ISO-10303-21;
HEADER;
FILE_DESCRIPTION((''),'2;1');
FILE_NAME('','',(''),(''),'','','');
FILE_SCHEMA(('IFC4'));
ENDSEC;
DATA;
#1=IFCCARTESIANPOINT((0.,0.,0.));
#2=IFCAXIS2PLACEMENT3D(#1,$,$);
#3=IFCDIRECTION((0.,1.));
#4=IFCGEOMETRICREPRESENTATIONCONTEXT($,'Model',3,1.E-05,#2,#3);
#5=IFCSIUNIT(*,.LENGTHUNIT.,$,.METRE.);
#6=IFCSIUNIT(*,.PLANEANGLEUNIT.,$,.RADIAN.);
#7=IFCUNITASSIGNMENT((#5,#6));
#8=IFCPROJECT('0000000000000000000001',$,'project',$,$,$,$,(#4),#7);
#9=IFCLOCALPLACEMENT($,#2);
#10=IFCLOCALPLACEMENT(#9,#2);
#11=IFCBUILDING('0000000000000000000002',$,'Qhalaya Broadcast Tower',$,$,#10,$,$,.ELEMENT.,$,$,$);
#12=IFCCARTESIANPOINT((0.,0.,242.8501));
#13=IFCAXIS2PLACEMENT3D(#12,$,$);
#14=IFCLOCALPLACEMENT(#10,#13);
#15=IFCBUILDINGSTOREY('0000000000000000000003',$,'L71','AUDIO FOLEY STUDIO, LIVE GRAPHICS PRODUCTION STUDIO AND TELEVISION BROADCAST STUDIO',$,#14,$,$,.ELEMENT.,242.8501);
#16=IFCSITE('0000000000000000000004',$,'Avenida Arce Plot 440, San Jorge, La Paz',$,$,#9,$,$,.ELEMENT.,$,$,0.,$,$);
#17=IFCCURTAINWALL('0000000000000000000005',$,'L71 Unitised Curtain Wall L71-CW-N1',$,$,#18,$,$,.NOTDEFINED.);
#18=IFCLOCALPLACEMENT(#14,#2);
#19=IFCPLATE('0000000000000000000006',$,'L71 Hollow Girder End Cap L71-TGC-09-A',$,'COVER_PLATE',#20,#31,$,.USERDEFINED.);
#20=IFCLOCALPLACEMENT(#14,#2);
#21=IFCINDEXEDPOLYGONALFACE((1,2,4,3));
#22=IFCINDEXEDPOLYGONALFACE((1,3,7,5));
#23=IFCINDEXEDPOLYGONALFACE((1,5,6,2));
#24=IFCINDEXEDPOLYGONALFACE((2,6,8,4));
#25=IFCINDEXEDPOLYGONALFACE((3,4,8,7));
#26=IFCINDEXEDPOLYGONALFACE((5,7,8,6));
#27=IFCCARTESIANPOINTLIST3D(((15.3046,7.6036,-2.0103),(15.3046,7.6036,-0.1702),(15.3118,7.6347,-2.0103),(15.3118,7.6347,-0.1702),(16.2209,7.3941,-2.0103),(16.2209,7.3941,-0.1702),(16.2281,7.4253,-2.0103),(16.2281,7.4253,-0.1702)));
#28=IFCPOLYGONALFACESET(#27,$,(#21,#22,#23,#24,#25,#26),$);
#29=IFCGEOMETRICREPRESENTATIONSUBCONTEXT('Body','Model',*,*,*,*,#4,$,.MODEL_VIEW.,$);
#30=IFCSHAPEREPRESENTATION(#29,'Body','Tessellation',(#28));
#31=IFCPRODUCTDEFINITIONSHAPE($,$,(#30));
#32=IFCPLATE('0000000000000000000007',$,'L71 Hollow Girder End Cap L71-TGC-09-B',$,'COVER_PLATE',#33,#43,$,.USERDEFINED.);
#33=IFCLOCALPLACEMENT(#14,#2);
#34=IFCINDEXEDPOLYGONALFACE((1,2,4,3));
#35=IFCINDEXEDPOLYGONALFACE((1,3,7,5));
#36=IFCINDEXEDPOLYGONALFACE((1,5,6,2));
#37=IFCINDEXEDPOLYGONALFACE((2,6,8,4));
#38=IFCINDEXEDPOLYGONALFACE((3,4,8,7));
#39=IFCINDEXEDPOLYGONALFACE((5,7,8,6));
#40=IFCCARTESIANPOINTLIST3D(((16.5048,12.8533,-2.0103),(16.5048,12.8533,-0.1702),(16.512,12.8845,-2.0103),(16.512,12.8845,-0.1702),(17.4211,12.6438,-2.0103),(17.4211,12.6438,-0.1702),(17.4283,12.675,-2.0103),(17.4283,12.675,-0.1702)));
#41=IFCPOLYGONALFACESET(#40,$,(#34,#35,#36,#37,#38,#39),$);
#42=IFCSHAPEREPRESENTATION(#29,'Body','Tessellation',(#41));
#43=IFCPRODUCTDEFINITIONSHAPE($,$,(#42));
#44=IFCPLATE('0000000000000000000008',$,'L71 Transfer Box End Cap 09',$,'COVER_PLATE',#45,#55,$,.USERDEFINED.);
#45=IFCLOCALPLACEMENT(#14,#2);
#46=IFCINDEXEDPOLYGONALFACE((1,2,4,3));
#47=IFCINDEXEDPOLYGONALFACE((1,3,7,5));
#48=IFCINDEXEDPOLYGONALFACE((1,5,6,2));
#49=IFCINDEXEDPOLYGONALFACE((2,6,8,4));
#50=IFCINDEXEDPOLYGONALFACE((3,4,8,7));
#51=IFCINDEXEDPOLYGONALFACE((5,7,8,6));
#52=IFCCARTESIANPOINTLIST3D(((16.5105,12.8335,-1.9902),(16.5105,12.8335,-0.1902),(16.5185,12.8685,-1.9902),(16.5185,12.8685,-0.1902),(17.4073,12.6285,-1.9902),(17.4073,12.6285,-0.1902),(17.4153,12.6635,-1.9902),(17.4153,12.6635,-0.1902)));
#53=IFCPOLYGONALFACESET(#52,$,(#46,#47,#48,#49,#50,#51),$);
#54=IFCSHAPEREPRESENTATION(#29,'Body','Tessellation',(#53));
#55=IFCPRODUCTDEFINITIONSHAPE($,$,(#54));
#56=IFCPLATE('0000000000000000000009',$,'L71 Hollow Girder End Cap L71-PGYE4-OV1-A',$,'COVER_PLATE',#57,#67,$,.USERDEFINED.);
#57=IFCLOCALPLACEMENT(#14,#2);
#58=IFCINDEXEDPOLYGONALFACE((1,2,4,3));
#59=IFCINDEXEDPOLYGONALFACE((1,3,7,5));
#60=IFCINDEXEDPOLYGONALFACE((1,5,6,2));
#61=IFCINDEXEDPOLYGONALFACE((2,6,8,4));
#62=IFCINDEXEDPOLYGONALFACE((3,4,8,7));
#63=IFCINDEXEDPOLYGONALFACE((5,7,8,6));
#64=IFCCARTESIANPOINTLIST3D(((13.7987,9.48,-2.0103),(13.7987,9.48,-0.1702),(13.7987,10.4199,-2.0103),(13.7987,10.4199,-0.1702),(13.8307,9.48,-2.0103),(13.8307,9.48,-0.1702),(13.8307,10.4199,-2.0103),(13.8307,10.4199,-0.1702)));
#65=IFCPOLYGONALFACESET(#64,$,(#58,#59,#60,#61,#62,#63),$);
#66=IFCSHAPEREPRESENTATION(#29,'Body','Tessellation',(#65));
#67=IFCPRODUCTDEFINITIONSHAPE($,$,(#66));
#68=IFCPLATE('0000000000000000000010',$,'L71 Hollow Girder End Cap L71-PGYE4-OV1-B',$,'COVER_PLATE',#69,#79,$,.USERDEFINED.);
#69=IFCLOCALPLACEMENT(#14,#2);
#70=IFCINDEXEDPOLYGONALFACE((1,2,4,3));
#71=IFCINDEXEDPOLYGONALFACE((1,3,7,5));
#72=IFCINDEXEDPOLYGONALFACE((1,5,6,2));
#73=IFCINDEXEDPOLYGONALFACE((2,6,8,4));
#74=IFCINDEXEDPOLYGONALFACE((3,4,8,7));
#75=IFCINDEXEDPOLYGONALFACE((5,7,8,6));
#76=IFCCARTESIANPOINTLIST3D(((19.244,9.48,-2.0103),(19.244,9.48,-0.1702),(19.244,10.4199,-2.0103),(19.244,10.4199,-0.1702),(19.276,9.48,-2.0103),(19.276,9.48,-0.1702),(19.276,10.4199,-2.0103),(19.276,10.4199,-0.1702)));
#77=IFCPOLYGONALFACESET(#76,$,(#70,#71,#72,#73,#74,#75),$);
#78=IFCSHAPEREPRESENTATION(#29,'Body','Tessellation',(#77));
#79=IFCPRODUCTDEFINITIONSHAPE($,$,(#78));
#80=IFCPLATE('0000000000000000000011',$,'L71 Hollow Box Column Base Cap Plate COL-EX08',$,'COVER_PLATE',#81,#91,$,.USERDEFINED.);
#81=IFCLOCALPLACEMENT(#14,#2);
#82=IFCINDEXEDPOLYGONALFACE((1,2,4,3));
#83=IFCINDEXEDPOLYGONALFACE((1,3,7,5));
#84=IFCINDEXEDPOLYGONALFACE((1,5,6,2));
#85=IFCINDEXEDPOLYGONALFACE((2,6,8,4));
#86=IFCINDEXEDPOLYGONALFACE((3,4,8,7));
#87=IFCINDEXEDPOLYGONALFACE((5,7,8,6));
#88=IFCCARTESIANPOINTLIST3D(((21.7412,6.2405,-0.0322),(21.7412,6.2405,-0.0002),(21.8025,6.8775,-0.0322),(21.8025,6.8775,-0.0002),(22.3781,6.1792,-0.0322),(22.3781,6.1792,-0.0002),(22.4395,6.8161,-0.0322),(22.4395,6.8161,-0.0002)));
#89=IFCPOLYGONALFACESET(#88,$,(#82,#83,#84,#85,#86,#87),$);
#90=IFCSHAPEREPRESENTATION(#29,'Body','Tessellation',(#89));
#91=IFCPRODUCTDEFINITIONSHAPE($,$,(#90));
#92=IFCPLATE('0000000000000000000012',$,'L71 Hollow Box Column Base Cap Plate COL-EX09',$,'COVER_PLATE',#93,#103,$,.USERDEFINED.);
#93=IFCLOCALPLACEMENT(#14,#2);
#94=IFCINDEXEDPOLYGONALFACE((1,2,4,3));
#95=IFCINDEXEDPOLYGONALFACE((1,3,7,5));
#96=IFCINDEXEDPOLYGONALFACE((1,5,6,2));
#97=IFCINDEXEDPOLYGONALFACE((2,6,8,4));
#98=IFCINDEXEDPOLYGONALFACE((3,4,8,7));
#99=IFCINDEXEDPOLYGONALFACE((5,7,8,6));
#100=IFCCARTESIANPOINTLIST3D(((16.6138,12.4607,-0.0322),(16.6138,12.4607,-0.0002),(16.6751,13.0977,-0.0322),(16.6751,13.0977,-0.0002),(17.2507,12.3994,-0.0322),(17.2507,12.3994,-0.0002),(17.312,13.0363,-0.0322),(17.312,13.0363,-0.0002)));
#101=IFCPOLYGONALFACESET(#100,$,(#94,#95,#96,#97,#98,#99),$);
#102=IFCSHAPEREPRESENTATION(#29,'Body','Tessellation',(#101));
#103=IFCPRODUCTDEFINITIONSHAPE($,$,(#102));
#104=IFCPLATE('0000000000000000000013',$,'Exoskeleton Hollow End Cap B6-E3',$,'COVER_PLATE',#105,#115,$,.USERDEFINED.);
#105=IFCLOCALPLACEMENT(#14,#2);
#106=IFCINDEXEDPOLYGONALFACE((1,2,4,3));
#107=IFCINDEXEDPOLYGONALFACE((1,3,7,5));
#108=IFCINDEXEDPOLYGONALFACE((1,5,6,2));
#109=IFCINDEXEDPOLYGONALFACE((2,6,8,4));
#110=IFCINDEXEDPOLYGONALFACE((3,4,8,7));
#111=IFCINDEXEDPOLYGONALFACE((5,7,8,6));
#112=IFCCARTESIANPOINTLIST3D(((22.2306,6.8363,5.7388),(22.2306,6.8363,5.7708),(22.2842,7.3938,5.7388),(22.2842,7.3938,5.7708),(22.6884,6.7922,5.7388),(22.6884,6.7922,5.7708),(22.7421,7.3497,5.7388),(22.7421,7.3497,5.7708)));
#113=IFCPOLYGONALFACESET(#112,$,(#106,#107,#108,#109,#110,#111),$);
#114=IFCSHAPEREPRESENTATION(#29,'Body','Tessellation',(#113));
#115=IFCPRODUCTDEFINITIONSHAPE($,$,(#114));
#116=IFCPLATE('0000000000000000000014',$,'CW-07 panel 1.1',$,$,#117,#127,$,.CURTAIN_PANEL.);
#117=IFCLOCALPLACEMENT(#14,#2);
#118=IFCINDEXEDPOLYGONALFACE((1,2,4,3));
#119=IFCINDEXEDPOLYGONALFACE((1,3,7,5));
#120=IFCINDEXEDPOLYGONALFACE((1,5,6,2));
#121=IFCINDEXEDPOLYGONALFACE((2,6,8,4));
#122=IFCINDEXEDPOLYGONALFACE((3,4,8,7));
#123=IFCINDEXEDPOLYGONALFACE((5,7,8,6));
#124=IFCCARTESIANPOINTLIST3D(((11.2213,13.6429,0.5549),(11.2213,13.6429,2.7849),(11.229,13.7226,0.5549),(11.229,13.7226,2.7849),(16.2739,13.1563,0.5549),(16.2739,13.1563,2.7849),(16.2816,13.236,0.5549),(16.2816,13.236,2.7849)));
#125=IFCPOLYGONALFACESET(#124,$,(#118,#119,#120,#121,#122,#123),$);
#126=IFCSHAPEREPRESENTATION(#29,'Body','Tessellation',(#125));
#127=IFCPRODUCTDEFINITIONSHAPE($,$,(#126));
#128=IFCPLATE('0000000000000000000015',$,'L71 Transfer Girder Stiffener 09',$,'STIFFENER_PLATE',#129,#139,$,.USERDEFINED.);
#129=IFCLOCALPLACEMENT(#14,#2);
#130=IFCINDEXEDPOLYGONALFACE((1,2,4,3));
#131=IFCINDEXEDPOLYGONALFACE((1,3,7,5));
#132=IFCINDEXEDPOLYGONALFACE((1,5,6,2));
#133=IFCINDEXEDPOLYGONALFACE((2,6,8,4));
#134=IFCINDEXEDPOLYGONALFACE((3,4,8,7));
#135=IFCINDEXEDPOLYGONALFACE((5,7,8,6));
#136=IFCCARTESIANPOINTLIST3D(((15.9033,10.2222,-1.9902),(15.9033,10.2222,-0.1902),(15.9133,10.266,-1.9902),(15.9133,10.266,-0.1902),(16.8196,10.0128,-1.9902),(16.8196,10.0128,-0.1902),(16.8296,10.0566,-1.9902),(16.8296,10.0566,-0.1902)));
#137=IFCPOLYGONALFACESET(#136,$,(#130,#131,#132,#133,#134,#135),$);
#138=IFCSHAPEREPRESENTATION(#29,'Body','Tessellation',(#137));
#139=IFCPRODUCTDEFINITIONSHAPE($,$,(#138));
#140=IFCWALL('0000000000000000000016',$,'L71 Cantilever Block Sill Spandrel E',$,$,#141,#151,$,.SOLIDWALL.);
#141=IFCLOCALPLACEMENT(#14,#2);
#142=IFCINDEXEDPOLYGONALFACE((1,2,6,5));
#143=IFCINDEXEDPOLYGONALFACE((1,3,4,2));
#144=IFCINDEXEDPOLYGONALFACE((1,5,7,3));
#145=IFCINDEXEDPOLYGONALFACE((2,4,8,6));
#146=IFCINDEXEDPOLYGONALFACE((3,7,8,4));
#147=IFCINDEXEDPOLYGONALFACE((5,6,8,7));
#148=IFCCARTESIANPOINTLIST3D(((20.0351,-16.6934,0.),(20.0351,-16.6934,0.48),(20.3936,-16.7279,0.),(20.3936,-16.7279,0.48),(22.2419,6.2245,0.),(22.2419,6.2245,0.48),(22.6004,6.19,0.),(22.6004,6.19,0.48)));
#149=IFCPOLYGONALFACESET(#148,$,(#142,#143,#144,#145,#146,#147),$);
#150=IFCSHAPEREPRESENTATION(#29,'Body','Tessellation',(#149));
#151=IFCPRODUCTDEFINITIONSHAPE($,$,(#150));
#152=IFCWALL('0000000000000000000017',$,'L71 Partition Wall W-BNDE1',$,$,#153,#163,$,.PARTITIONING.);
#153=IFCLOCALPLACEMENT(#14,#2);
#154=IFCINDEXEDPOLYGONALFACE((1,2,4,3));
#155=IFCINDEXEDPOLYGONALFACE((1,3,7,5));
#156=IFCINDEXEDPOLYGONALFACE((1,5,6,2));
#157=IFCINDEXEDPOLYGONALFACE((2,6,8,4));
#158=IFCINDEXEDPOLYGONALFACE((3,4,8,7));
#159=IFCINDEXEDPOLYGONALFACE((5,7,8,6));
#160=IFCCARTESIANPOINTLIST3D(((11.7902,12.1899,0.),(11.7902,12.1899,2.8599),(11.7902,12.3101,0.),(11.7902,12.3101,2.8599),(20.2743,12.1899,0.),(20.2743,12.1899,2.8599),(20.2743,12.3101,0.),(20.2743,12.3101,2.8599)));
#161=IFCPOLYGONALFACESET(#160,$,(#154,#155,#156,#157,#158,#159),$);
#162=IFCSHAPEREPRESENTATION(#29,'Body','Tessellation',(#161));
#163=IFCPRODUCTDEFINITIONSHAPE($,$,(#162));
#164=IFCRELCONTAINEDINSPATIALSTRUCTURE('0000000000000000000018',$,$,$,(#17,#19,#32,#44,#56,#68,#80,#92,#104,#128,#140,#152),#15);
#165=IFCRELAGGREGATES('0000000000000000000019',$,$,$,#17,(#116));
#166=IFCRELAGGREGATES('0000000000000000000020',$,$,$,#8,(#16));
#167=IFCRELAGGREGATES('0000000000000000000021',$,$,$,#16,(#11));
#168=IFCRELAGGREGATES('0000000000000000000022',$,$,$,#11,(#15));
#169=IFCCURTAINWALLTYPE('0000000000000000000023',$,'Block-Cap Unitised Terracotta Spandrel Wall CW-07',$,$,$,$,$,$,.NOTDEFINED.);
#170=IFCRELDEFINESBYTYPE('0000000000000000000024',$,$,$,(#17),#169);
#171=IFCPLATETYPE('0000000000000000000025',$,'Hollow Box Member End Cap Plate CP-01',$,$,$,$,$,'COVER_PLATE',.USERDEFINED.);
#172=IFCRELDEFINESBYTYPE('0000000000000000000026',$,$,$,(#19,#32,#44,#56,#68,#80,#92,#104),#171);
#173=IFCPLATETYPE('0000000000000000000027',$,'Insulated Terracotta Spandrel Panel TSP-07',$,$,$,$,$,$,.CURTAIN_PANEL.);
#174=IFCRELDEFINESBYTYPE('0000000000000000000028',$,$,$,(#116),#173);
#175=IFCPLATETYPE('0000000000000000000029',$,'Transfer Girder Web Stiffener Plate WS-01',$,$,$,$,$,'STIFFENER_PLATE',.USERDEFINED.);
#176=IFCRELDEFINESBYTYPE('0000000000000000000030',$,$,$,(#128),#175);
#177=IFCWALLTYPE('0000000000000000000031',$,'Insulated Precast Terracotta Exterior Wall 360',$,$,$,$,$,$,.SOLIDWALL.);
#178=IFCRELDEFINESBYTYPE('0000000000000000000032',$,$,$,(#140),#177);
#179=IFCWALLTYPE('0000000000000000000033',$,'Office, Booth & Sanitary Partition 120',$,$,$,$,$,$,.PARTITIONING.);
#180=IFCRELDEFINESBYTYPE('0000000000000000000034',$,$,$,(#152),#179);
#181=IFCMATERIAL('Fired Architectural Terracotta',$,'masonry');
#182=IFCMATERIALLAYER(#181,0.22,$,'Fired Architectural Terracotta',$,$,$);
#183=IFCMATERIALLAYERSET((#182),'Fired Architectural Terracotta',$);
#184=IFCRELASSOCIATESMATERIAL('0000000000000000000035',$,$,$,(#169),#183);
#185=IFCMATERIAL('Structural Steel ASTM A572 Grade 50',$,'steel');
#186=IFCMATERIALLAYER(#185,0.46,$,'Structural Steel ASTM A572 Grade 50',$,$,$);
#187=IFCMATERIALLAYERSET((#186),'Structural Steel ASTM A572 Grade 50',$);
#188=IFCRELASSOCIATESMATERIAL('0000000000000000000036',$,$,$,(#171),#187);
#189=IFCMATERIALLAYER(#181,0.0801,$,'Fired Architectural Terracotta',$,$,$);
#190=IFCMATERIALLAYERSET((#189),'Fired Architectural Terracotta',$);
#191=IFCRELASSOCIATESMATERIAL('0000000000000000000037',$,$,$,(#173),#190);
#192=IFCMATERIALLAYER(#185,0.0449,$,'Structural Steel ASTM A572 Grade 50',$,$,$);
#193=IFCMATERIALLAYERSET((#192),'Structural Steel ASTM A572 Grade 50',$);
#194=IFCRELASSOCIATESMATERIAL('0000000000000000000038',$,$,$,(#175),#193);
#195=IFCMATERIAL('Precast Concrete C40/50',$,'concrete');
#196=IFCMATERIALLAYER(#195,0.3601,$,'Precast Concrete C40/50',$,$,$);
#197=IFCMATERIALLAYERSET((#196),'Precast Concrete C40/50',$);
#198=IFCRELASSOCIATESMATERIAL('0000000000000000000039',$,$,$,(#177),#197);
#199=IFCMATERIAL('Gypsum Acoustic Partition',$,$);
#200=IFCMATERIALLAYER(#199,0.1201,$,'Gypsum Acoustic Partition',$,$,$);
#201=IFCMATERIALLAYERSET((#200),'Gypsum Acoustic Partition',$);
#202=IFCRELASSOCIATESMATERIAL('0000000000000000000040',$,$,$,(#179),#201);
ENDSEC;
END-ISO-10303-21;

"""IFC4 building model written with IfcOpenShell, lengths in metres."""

from ifc_helpers import new_model, si_unit, direction, frame, frame_2d, origin, origin_2d, place, context, subcontext, project, spatial, rectangle, extrude, material, layer, layer_set, type_object, element, aggregate, save


model = new_model("IFC4")

# Units and contexts
model_context = context("Model", 3, precision=1e-05, world=origin(), true_north=direction((0.0, 1.0)))
body_context = subcontext(model_context, "Body", "Model", "MODEL_VIEW")
ifc_project = project(units=[si_unit("LENGTHUNIT", "METRE"), si_unit("PLANEANGLEUNIT", "RADIAN")], contexts=[model_context])

# Site, building, storey
site_placement = place(None, origin())
site = spatial("IfcSite", under=ifc_project, at=site_placement, Name="Avenida Arce Plot 440, San Jorge, La Paz", CompositionType="ELEMENT", RefElevation=0.0)
building_placement = place(site_placement, origin())
building = spatial("IfcBuilding", under=site, at=building_placement, Name="Qhalaya Broadcast Tower", CompositionType="ELEMENT")
storey_placement = place(building_placement, frame((0.0, 0.0, 242.8501)))
storey = spatial("IfcBuildingStorey", under=building, at=storey_placement, Name="L71", Description="AUDIO FOLEY STUDIO, LIVE GRAPHICS PRODUCTION STUDIO AND TELEVISION BROADCAST STUDIO", CompositionType="ELEMENT", Elevation=242.8501)

# Shared definitions
ifc_material_1 = material(Name="Structural Steel ASTM A572 Grade 50", Category="steel")

# Curtain wall
ifc_material_2 = material(Name="Fired Architectural Terracotta", Category="masonry")
ifc_layer_1 = layer(ifc_material_2, 0.22, Name="Fired Architectural Terracotta")
ifc_layer_set_1 = layer_set([ifc_layer_1], Name="Fired Architectural Terracotta")
curtain_wall_type = type_object("IfcCurtainWallType", Name="Block-Cap Unitised Terracotta Spandrel Wall CW-07", PredefinedType="NOTDEFINED", material=ifc_layer_set_1)
curtain_wall_placement = place(storey_placement, origin())
curtain_wall = element("IfcCurtainWall", 1, at=curtain_wall_placement, inside=storey, type_object=curtain_wall_type, Name="L71 Unitised Curtain Wall L71-CW-N1", PredefinedType="NOTDEFINED")

# Plates
ifc_layer_2 = layer(ifc_material_1, 0.46, Name="Structural Steel ASTM A572 Grade 50")
ifc_layer_set_2 = layer_set([ifc_layer_2], Name="Structural Steel ASTM A572 Grade 50")
plate_type_1 = type_object("IfcPlateType", Name="Hollow Box Member End Cap Plate CP-01", ElementType="COVER_PLATE", PredefinedType="USERDEFINED", material=ifc_layer_set_2)
for number, where, z_axis, x_axis, name in (
    (2, (15.7664, 7.5144, -2.0103), (0.0, 0.0, 1.0), (-0.974851, 0.222859, 0.0), "L71 Hollow Girder End Cap L71-TGC-09-A"),
    (3, (16.9666, 12.7642, -2.0103), (0.0, 0.0, 1.0), (-0.974851, 0.222859, 0.0), "L71 Hollow Girder End Cap L71-TGC-09-B"),
):
    element("IfcPlate", number, at=place(storey_placement, frame(where, z_axis=z_axis, x_axis=x_axis)), inside=storey, type_object=plate_type_1, Name=name, ObjectType="COVER_PLATE", PredefinedType="USERDEFINED", context=body_context, shape_type="SweptSolid", body=[
        extrude(rectangle(XDim=0.9399, YDim=0.032, at=origin_2d()), origin(), (0.0, 0.0, 1.0), 1.8401),
    ])
plate_1_placement = place(storey_placement, frame((16.9629, 12.7485, -1.9902), z_axis=(0.0, 0.0, 1.0), x_axis=(-0.974851, 0.222859, 0.0)))
element("IfcPlate", 4, at=plate_1_placement, inside=storey, type_object=plate_type_1, Name="L71 Transfer Box End Cap 09", ObjectType="COVER_PLATE", PredefinedType="USERDEFINED", context=body_context, shape_type="SweptSolid", body=[
    extrude(rectangle(XDim=0.9199, YDim=0.0359, at=origin_2d()), origin(), (0.0, 0.0, 1.0), 1.8),
])
for number, where, z_axis, x_axis, name in (
    (5, (13.8147, 9.95, -2.0103), (0.0, 0.0, 1.0), (0.0, 1.0, 0.0), "L71 Hollow Girder End Cap L71-PGYE4-OV1-A"),
    (6, (19.26, 9.95, -2.0103), (0.0, 0.0, 1.0), (0.0, 1.0, 0.0), "L71 Hollow Girder End Cap L71-PGYE4-OV1-B"),
):
    element("IfcPlate", number, at=place(storey_placement, frame(where, z_axis=z_axis, x_axis=x_axis)), inside=storey, type_object=plate_type_1, Name=name, ObjectType="COVER_PLATE", PredefinedType="USERDEFINED", context=body_context, shape_type="SweptSolid", body=[
        extrude(rectangle(XDim=0.9399, YDim=0.032, at=origin_2d()), origin(), (0.0, 0.0, 1.0), 1.8401),
    ])
for number, where, z_axis, x_axis, name in (
    (7, (22.0903, 6.5283, -0.0322), (0.0, 0.0, 1.0), (0.095846, 0.995396, 0.0), "L71 Hollow Box Column Base Cap Plate COL-EX08"),
    (8, (16.9629, 12.7485, -0.0322), (0.0, 0.0, 1.0), (0.995396, -0.095846, 0.0), "L71 Hollow Box Column Base Cap Plate COL-EX09"),
):
    element("IfcPlate", number, at=place(storey_placement, frame(where, z_axis=z_axis, x_axis=x_axis)), inside=storey, type_object=plate_type_1, Name=name, ObjectType="COVER_PLATE", PredefinedType="USERDEFINED", context=body_context, shape_type="SweptSolid", body=[
        extrude(rectangle(XDim=0.6399, YDim=0.6399, at=origin_2d()), origin(), (0.0, 0.0, 1.0), 0.032),
    ])
plate_2_placement = place(storey_placement, frame((22.4863, 7.093, 5.7388), z_axis=(0.0, 0.0, 1.0), x_axis=(0.095846, 0.995396, 0.0)))
element("IfcPlate", 9, at=plate_2_placement, inside=storey, type_object=plate_type_1, Name="Exoskeleton Hollow End Cap B6-E3", ObjectType="COVER_PLATE", PredefinedType="USERDEFINED", context=body_context, shape_type="SweptSolid", body=[
    extrude(rectangle(XDim=0.5601, YDim=0.46, at=origin_2d()), origin(), (0.0, 0.0, 1.0), 0.032),
])

# Plates
ifc_layer_3 = layer(ifc_material_2, 0.0801, Name="Fired Architectural Terracotta")
ifc_layer_set_3 = layer_set([ifc_layer_3], Name="Fired Architectural Terracotta")
plate_type_2 = type_object("IfcPlateType", Name="Insulated Terracotta Spandrel Panel TSP-07", PredefinedType="CURTAIN_PANEL", material=ifc_layer_set_3)
plate_3_placement = place(storey_placement, frame((13.7515, 13.4395, 0.5549), z_axis=(0.0, 0.0, 1.0), x_axis=(-0.995396, 0.095848, 0.0)))
plate_3 = element("IfcPlate", 10, at=plate_3_placement, type_object=plate_type_2, Name="CW-07 panel 1.1", PredefinedType="CURTAIN_PANEL", context=body_context, shape_type="SweptSolid", body=[
    extrude(rectangle(XDim=5.0759, YDim=0.0801, at=origin_2d()), origin(), (0.0, 0.0, 1.0), 2.23),
])
aggregate(curtain_wall, [plate_3])
ifc_layer_4 = layer(ifc_material_1, 0.0449, Name="Structural Steel ASTM A572 Grade 50")
ifc_layer_set_4 = layer_set([ifc_layer_4], Name="Structural Steel ASTM A572 Grade 50")
plate_type_3 = type_object("IfcPlateType", Name="Transfer Girder Web Stiffener Plate WS-01", ElementType="STIFFENER_PLATE", PredefinedType="USERDEFINED", material=ifc_layer_set_4)
plate_4_placement = place(storey_placement, frame((16.3665, 10.1394, -1.9902), z_axis=(0.0, 0.0, 1.0), x_axis=(-0.974851, 0.222859, 0.0)))
element("IfcPlate", 11, at=plate_4_placement, inside=storey, type_object=plate_type_3, Name="L71 Transfer Girder Stiffener 09", ObjectType="STIFFENER_PLATE", PredefinedType="USERDEFINED", context=body_context, shape_type="SweptSolid", body=[
    extrude(rectangle(XDim=0.9399, YDim=0.0449, at=origin_2d()), origin(), (0.0, 0.0, 1.0), 1.8),
])

# Walls
ifc_material_3 = material(Name="Precast Concrete C40/50", Category="concrete")
ifc_layer_5 = layer(ifc_material_3, 0.3601, Name="Precast Concrete C40/50")
ifc_layer_set_5 = layer_set([ifc_layer_5], Name="Precast Concrete C40/50")
wall_type_1 = type_object("IfcWallType", Name="Insulated Precast Terracotta Exterior Wall 360", PredefinedType="SOLIDWALL", material=ifc_layer_set_5)
wall_1_placement = place(storey_placement, frame((22.4211, 6.2073, 0.0), z_axis=(0.0, 0.0, 1.0), x_axis=(-0.095847, -0.995396, 0.0)))
element("IfcWall", 12, at=wall_1_placement, inside=storey, type_object=wall_type_1, Name="L71 Cantilever Block Sill Spandrel E", PredefinedType="SOLIDWALL", context=body_context, shape_type="SweptSolid", body=[
    extrude(rectangle(XDim=23.0239, YDim=0.3601, at=frame_2d((11.512, 0.0))), origin(), (0.0, 0.0, 1.0), 0.48),
])
ifc_material_4 = material(Name="Gypsum Acoustic Partition")
ifc_layer_6 = layer(ifc_material_4, 0.1201, Name="Gypsum Acoustic Partition")
ifc_layer_set_6 = layer_set([ifc_layer_6], Name="Gypsum Acoustic Partition")
wall_type_2 = type_object("IfcWallType", Name="Office, Booth & Sanitary Partition 120", PredefinedType="PARTITIONING", material=ifc_layer_set_6)
wall_2_placement = place(storey_placement, frame((11.79, 12.25, 0.0), z_axis=(0.0, 0.0, 1.0), x_axis=(1.0, 0.0, 0.0)))
element("IfcWall", 13, at=wall_2_placement, inside=storey, type_object=wall_type_2, Name="L71 Partition Wall W-BNDE1", PredefinedType="PARTITIONING", context=body_context, shape_type="SweptSolid", body=[
    extrude(rectangle(XDim=8.4841, YDim=0.1201, at=frame_2d((4.2422, 0.0))), origin(), (0.0, 0.0, 1.0), 2.8599),
])

save(model, "model.ifc")
